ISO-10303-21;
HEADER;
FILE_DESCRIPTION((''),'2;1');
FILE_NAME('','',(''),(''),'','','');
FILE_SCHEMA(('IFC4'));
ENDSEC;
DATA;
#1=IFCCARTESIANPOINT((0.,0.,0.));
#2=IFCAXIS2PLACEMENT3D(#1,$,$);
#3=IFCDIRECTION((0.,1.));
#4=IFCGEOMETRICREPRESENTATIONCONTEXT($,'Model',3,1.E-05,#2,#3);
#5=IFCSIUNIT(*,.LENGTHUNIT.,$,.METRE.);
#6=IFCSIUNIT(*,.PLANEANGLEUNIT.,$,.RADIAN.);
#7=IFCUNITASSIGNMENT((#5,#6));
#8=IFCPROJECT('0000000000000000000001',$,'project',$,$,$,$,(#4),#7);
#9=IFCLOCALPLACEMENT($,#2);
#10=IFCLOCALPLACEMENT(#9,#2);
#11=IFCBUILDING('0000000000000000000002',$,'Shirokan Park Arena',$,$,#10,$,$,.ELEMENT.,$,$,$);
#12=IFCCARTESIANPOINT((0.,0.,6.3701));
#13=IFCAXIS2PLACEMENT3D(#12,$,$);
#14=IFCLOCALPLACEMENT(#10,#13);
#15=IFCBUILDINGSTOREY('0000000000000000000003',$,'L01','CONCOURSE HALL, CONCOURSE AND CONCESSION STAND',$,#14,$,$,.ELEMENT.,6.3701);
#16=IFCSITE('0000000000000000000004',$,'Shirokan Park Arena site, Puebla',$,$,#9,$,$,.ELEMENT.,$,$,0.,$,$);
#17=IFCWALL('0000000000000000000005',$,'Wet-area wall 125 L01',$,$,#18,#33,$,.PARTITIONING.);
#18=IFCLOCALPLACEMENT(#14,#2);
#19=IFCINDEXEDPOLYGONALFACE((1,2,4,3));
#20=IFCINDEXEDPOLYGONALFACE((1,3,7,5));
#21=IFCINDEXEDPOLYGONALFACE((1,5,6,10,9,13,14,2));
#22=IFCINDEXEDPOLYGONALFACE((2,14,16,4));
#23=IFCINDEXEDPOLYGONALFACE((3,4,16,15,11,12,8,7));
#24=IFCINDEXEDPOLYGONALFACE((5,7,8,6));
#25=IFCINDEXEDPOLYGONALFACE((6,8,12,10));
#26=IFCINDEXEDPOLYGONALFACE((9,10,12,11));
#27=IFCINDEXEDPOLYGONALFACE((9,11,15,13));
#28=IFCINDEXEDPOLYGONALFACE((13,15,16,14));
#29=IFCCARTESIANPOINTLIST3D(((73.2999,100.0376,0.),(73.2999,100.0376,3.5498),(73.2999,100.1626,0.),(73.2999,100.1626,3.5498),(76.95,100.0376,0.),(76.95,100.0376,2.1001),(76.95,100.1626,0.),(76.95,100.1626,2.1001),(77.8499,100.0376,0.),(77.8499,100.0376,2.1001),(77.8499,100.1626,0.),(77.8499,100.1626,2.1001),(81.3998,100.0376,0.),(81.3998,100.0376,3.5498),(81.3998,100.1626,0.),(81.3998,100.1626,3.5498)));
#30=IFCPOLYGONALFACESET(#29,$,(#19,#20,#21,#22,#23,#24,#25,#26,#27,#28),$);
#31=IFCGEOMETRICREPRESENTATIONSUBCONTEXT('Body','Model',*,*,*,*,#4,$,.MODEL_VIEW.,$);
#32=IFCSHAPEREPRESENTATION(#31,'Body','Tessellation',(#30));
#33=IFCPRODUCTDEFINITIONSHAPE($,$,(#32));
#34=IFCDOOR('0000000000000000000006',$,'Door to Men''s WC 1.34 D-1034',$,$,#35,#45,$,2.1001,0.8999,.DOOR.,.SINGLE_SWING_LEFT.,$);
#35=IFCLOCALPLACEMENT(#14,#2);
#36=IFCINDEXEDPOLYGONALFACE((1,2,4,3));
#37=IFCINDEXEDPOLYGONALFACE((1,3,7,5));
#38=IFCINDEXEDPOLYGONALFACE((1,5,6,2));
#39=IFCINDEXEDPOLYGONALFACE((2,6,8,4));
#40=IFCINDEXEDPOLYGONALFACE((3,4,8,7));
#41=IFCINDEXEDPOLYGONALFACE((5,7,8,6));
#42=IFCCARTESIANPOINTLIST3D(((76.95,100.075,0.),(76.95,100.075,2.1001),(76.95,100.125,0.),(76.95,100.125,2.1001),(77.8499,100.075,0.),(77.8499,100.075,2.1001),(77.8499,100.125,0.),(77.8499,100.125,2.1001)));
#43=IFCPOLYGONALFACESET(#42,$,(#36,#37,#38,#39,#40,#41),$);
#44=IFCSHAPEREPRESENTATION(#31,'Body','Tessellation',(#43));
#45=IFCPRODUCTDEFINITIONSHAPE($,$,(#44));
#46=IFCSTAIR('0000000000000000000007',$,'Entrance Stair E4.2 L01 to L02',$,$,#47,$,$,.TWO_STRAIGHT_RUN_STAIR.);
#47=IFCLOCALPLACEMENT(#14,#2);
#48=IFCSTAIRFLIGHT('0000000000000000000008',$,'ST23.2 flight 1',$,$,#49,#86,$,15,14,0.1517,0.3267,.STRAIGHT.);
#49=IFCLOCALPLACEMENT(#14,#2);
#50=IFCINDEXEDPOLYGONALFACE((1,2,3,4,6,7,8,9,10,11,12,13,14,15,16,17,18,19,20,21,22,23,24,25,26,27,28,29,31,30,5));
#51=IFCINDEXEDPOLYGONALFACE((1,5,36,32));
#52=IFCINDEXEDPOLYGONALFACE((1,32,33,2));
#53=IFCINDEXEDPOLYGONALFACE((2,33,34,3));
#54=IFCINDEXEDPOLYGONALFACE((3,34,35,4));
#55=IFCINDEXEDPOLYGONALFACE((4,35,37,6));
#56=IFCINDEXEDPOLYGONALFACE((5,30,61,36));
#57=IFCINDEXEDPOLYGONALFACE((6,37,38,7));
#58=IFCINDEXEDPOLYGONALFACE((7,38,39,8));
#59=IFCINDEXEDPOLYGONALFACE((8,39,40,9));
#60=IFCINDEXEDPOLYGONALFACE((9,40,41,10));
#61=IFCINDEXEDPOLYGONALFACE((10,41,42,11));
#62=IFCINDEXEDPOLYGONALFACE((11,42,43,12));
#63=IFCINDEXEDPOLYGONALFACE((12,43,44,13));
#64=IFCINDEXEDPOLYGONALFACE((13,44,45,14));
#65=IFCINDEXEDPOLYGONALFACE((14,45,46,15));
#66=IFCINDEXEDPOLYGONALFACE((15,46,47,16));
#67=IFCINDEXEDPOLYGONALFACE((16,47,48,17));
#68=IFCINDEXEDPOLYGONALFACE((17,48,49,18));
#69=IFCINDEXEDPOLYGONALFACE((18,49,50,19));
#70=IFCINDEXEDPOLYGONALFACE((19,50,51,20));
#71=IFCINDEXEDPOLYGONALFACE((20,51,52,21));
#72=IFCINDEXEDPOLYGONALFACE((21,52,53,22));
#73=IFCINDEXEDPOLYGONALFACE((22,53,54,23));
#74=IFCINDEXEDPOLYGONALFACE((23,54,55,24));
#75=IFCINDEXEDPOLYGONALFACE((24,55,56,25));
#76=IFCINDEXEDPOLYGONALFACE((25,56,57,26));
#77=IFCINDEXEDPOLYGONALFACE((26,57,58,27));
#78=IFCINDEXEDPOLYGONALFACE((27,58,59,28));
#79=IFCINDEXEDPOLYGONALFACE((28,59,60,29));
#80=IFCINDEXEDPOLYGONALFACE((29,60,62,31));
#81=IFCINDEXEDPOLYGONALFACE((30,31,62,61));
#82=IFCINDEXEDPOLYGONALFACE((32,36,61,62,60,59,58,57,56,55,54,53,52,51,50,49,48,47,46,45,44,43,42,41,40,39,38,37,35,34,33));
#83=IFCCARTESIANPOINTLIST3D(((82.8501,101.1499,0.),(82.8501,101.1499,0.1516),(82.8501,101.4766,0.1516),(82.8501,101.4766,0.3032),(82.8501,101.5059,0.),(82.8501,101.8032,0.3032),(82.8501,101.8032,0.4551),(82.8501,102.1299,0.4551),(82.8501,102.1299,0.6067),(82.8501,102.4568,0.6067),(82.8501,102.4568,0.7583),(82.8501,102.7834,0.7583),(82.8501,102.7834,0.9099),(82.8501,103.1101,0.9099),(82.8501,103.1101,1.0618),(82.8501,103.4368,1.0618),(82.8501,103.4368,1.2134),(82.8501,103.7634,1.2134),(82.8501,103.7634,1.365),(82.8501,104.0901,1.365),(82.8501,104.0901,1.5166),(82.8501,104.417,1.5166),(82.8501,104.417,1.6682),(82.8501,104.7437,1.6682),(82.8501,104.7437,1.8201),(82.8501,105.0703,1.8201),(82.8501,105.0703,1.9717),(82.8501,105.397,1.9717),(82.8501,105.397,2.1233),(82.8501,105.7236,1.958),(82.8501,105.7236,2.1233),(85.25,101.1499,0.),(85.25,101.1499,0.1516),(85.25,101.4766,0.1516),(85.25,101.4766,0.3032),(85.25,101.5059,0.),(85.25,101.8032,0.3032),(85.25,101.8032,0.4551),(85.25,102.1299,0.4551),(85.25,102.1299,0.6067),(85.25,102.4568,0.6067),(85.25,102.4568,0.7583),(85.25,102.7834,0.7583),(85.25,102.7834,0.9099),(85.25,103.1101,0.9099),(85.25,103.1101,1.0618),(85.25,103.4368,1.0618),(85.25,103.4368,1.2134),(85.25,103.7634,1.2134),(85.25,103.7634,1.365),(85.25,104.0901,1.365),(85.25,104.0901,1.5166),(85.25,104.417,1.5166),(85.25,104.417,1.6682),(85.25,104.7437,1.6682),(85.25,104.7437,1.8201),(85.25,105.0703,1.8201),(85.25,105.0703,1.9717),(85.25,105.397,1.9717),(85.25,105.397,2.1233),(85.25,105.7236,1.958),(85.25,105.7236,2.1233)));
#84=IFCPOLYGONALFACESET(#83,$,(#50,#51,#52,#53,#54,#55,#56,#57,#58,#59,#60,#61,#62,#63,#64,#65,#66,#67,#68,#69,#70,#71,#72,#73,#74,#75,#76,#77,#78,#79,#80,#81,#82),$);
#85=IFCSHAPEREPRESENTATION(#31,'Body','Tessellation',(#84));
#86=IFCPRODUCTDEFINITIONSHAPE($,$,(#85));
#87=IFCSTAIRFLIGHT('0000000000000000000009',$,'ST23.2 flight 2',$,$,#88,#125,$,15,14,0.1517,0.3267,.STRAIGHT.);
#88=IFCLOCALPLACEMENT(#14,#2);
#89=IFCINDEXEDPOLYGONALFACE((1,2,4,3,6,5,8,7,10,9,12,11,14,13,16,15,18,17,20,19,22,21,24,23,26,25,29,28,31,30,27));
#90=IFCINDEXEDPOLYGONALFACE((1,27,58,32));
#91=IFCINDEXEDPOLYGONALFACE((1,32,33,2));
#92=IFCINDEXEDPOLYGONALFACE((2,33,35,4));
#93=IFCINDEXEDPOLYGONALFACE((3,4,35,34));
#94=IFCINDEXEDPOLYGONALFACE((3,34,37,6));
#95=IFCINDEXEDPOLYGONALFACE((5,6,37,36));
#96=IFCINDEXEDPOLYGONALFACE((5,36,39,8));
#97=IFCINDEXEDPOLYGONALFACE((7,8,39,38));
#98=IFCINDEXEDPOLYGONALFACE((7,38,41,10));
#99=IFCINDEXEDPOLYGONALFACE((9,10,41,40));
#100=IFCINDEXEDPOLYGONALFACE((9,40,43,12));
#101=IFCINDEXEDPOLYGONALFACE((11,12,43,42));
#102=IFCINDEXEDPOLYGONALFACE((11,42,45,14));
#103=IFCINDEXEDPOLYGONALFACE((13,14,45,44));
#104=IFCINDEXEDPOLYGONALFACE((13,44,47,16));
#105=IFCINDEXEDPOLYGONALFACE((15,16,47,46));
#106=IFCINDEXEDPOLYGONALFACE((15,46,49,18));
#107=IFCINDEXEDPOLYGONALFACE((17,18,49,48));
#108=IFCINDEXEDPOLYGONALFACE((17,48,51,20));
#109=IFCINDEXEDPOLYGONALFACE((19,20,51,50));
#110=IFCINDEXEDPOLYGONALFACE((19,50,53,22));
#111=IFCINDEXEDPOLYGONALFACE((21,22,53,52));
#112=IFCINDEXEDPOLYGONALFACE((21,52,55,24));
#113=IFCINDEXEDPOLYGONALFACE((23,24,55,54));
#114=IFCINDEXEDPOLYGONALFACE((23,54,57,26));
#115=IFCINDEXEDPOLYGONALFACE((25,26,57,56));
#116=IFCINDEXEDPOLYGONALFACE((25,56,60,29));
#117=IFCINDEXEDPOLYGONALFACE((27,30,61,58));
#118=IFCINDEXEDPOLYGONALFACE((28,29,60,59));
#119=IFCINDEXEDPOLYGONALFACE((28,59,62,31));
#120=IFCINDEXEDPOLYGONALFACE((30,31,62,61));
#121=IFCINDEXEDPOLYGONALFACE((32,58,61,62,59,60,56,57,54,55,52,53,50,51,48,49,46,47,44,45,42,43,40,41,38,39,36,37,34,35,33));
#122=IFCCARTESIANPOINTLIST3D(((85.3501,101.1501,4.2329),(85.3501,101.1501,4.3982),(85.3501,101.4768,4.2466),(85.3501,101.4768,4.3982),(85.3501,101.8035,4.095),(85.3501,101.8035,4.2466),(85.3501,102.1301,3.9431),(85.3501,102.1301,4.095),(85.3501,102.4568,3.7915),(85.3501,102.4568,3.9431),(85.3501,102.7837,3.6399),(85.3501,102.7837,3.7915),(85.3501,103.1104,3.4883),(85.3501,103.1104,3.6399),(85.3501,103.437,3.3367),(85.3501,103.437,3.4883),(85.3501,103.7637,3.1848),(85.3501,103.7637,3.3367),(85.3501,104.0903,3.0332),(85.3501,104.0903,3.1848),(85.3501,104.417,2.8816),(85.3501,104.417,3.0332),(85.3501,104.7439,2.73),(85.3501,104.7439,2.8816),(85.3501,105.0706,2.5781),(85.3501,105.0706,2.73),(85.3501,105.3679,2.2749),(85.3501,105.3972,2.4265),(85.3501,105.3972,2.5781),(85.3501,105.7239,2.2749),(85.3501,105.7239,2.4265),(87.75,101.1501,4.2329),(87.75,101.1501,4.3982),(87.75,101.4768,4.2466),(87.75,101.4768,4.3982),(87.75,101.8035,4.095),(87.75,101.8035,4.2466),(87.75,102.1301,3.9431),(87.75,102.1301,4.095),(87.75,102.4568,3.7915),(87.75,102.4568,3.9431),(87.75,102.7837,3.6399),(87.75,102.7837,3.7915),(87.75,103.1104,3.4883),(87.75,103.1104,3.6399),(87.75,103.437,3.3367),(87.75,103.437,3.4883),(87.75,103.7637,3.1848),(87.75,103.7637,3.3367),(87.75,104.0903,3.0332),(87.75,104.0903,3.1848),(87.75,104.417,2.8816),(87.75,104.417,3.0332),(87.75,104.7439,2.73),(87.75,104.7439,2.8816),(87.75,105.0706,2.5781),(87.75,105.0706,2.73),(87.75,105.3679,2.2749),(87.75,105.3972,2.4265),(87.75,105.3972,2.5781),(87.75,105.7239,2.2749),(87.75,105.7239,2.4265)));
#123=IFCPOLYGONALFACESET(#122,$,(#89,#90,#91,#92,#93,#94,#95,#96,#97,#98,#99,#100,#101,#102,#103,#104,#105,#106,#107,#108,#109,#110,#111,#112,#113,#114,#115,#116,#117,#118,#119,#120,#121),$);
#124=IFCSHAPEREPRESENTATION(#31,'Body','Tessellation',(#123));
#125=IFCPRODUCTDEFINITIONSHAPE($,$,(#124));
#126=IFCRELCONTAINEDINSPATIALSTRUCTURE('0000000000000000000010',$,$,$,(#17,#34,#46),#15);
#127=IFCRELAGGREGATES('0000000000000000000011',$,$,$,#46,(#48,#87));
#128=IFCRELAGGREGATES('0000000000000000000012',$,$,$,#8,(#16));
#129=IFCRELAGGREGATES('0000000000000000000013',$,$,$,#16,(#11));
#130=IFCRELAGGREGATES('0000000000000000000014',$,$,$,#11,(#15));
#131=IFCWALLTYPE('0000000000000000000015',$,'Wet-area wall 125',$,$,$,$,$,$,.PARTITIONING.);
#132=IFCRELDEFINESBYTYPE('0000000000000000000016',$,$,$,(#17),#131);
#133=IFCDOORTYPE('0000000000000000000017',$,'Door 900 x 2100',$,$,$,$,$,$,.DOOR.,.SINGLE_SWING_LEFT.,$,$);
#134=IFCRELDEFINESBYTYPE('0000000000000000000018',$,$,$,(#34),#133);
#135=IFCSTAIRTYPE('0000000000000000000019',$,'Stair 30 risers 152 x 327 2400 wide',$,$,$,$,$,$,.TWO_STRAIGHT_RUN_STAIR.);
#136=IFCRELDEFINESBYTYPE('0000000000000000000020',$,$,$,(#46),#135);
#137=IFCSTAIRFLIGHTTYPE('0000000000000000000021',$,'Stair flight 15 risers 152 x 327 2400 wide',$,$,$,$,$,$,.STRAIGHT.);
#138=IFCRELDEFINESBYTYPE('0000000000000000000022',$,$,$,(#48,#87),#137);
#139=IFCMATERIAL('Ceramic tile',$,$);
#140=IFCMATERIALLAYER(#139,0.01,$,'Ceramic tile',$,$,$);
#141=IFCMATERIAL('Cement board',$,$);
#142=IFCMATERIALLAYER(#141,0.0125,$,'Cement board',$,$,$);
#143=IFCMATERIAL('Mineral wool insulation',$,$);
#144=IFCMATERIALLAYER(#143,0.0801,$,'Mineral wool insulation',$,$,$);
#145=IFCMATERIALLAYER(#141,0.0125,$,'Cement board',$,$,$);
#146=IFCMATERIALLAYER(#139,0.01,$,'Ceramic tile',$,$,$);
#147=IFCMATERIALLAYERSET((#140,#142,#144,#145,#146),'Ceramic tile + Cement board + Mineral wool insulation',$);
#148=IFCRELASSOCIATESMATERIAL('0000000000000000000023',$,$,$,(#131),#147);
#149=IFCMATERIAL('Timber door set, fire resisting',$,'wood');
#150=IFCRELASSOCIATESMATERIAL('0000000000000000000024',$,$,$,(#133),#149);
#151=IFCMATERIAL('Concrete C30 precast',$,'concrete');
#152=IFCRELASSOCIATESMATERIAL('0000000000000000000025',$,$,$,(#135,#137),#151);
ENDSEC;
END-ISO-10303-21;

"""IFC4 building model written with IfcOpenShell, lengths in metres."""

from ifc_helpers import new_model, si_unit, direction, frame, frame_2d, origin, place, context, subcontext, project, spatial, polyline, rectangle, outline, extrude, material, layer, layer_set, type_object, element, fill, aggregate, save


model = new_model("IFC4")

# Units and contexts
model_context = context("Model", 3, precision=1e-05, world=origin(), true_north=direction((0.0, 1.0)))
body_context = subcontext(model_context, "Body", "Model", "MODEL_VIEW")
ifc_project = project(units=[si_unit("LENGTHUNIT", "METRE"), si_unit("PLANEANGLEUNIT", "RADIAN")], contexts=[model_context])

# Site, building, storey
site_placement = place(None, origin())
site = spatial("IfcSite", under=ifc_project, at=site_placement, Name="Shirokan Park Arena site, Puebla", CompositionType="ELEMENT", RefElevation=0.0)
building_placement = place(site_placement, origin())
building = spatial("IfcBuilding", under=site, at=building_placement, Name="Shirokan Park Arena", CompositionType="ELEMENT")
storey_placement = place(building_placement, frame((0.0, 0.0, 6.3701)))
storey = spatial("IfcBuildingStorey", under=building, at=storey_placement, Name="L01", Description="CONCOURSE HALL, CONCOURSE AND CONCESSION STAND", CompositionType="ELEMENT", Elevation=6.3701)

# Shared definitions
ifc_material_1 = material(Name="Ceramic tile")
ifc_layer_1 = layer(ifc_material_1, 0.01, Name="Ceramic tile")
ifc_material_2 = material(Name="Cement board")
ifc_layer_2 = layer(ifc_material_2, 0.0125, Name="Cement board")
ifc_material_3 = material(Name="Mineral wool insulation")
ifc_layer_3 = layer(ifc_material_3, 0.0801, Name="Mineral wool insulation")
ifc_layer_4 = layer(ifc_material_2, 0.0125, Name="Cement board")
ifc_layer_5 = layer(ifc_material_1, 0.01, Name="Ceramic tile")
ifc_layer_set_1 = layer_set([ifc_layer_1, ifc_layer_2, ifc_layer_3, ifc_layer_4, ifc_layer_5], Name="Ceramic tile + Cement board + Mineral wool insulation")
wall_type_1 = type_object("IfcWallType", Name="Wet-area wall 125", PredefinedType="PARTITIONING", material=ifc_layer_set_1)

# Wall, opening, door
wall_1_placement = place(storey_placement, frame((73.3, 100.1001, 0.0), z_axis=(0.0, 0.0, 1.0), x_axis=(1.0, 0.0, 0.0)))
wall_1 = element("IfcWall", 1, at=wall_1_placement, inside=storey, type_object=wall_type_1, Name="Wet-area wall 125 L01", PredefinedType="PARTITIONING", context=body_context, shape_type="SweptSolid", body=[
    extrude(rectangle(XDim=8.0999, YDim=0.125, at=frame_2d((4.0498, 0.0))), origin(), (0.0, 0.0, 1.0), 3.5498),
])
opening_placement = place(wall_1_placement, frame((3.6499, 0.0, 0.0)))
opening = element("IfcOpeningElement", 2, at=opening_placement, cuts=wall_1, PredefinedType="OPENING", context=body_context, shape_type="SweptSolid", body=[
    extrude(rectangle(XDim=0.8999, YDim=2.1001, at=frame_2d((0.45, 1.05))), frame((0.0, 0.0725, 0.0), z_axis=(0.0, -1.0, 0.0), x_axis=(1.0, 0.0, 0.0)), (0.0, 0.0, 1.0), 0.145),
])
ifc_material_4 = material(Name="Timber door set, fire resisting", Category="wood")
door_type = type_object("IfcDoorType", Name="Door 900 x 2100", OperationType="SINGLE_SWING_LEFT", PredefinedType="DOOR", material=ifc_material_4)
door_placement = place(opening_placement, origin())
door = element("IfcDoor", 3, at=door_placement, inside=storey, type_object=door_type, Name="Door to Men's WC 1.34 D-1034", OperationType="SINGLE_SWING_LEFT", OverallHeight=2.1001, OverallWidth=0.8999, PredefinedType="DOOR", context=body_context, shape_type="SweptSolid", body=[
    extrude(rectangle(XDim=0.8999, YDim=2.1001, at=frame_2d((0.45, 1.05))), frame((0.0, 0.0249, 0.0), z_axis=(0.0, -1.0, 0.0), x_axis=(1.0, 0.0, 0.0)), (0.0, 0.0, 1.0), 0.05),
])
fill(opening, door)

# Stair, stair flights
ifc_material_5 = material(Name="Concrete C30 precast", Category="concrete")
stair_type = type_object("IfcStairType", Name="Stair 30 risers 152 x 327 2400 wide", PredefinedType="TWO_STRAIGHT_RUN_STAIR", material=ifc_material_5)
stair_placement = place(storey_placement, origin())
stair = element("IfcStair", 4, at=stair_placement, inside=storey, type_object=stair_type, Name="Entrance Stair E4.2 L01 to L02", PredefinedType="TWO_STRAIGHT_RUN_STAIR")
stair_flight_type = type_object("IfcStairFlightType", Name="Stair flight 15 risers 152 x 327 2400 wide", PredefinedType="STRAIGHT", material=ifc_material_5)
stair_flight_1_placement = place(storey_placement, frame((84.05, 101.1499, 0.0), z_axis=(0.0, 0.0, 1.0), x_axis=(0.0, 1.0, 0.0)))
stair_flight_1 = element("IfcStairFlight", 5, at=stair_flight_1_placement, type_object=stair_flight_type, Name="ST23.2 flight 1", NumberOfRisers=15, NumberOfTreads=14, PredefinedType="STRAIGHT", RiserHeight=0.1517, TreadLength=0.3267, context=body_context, shape_type="SweptSolid", body=[
    extrude(outline(polyline([(0.0, 0.0), (0.0, 0.1516), (0.3267, 0.1516), (0.3267, 0.3032), (0.6533, 0.3032), (0.6533, 0.4551), (0.98, 0.4551), (0.98, 0.6067), (1.3069, 0.6067), (1.3069, 0.7583), (1.6335, 0.7583), (1.6335, 0.9099), (1.9602, 0.9099), (1.9602, 1.0618), (2.2869, 1.0618), (2.2869, 1.2134), (2.6135, 1.2134), (2.6135, 1.365), (2.9402, 1.365), (2.9402, 1.5166), (3.2671, 1.5166), (3.2671, 1.6682), (3.5938, 1.6682), (3.5938, 1.8201), (3.9204, 1.8201), (3.9204, 1.9717), (4.2471, 1.9717), (4.2471, 2.1233), (4.5737, 2.1233), (4.5737, 2.2749), (4.5737, 1.958), (0.356, 0.0), (0.0, 0.0)])), frame((0.0, 1.2, 0.0), z_axis=(0.0, -1.0, 0.0), x_axis=(1.0, 0.0, 0.0)), (0.0, 0.0, 1.0), 2.3999),
])
stair_flight_2_placement = place(storey_placement, frame((86.55, 105.7239, 2.2749), z_axis=(0.0, 0.0, 1.0), x_axis=(0.0, -1.0, 0.0)))
stair_flight_2 = element("IfcStairFlight", 6, at=stair_flight_2_placement, type_object=stair_flight_type, Name="ST23.2 flight 2", NumberOfRisers=15, NumberOfTreads=14, PredefinedType="STRAIGHT", RiserHeight=0.1517, TreadLength=0.3267, context=body_context, shape_type="SweptSolid", body=[
    extrude(outline(polyline([(0.0, 0.0), (0.0, 0.1516), (0.3267, 0.1516), (0.3267, 0.3032), (0.6533, 0.3032), (0.6533, 0.4551), (0.98, 0.4551), (0.98, 0.6067), (1.3069, 0.6067), (1.3069, 0.7583), (1.6335, 0.7583), (1.6335, 0.9099), (1.9602, 0.9099), (1.9602, 1.0618), (2.2869, 1.0618), (2.2869, 1.2134), (2.6135, 1.2134), (2.6135, 1.365), (2.9402, 1.365), (2.9402, 1.5166), (3.2671, 1.5166), (3.2671, 1.6682), (3.5938, 1.6682), (3.5938, 1.8201), (3.9204, 1.8201), (3.9204, 1.9717), (4.2471, 1.9717), (4.2471, 2.1233), (4.5737, 2.1233), (4.5737, 2.2749), (4.5737, 1.958), (0.356, 0.0), (0.0, 0.0)])), frame((0.0, 1.2, 0.0), z_axis=(0.0, -1.0, 0.0), x_axis=(1.0, 0.0, 0.0)), (0.0, 0.0, 1.0), 2.3999),
])
aggregate(stair, [stair_flight_1, stair_flight_2])

save(model, "model.ifc")
